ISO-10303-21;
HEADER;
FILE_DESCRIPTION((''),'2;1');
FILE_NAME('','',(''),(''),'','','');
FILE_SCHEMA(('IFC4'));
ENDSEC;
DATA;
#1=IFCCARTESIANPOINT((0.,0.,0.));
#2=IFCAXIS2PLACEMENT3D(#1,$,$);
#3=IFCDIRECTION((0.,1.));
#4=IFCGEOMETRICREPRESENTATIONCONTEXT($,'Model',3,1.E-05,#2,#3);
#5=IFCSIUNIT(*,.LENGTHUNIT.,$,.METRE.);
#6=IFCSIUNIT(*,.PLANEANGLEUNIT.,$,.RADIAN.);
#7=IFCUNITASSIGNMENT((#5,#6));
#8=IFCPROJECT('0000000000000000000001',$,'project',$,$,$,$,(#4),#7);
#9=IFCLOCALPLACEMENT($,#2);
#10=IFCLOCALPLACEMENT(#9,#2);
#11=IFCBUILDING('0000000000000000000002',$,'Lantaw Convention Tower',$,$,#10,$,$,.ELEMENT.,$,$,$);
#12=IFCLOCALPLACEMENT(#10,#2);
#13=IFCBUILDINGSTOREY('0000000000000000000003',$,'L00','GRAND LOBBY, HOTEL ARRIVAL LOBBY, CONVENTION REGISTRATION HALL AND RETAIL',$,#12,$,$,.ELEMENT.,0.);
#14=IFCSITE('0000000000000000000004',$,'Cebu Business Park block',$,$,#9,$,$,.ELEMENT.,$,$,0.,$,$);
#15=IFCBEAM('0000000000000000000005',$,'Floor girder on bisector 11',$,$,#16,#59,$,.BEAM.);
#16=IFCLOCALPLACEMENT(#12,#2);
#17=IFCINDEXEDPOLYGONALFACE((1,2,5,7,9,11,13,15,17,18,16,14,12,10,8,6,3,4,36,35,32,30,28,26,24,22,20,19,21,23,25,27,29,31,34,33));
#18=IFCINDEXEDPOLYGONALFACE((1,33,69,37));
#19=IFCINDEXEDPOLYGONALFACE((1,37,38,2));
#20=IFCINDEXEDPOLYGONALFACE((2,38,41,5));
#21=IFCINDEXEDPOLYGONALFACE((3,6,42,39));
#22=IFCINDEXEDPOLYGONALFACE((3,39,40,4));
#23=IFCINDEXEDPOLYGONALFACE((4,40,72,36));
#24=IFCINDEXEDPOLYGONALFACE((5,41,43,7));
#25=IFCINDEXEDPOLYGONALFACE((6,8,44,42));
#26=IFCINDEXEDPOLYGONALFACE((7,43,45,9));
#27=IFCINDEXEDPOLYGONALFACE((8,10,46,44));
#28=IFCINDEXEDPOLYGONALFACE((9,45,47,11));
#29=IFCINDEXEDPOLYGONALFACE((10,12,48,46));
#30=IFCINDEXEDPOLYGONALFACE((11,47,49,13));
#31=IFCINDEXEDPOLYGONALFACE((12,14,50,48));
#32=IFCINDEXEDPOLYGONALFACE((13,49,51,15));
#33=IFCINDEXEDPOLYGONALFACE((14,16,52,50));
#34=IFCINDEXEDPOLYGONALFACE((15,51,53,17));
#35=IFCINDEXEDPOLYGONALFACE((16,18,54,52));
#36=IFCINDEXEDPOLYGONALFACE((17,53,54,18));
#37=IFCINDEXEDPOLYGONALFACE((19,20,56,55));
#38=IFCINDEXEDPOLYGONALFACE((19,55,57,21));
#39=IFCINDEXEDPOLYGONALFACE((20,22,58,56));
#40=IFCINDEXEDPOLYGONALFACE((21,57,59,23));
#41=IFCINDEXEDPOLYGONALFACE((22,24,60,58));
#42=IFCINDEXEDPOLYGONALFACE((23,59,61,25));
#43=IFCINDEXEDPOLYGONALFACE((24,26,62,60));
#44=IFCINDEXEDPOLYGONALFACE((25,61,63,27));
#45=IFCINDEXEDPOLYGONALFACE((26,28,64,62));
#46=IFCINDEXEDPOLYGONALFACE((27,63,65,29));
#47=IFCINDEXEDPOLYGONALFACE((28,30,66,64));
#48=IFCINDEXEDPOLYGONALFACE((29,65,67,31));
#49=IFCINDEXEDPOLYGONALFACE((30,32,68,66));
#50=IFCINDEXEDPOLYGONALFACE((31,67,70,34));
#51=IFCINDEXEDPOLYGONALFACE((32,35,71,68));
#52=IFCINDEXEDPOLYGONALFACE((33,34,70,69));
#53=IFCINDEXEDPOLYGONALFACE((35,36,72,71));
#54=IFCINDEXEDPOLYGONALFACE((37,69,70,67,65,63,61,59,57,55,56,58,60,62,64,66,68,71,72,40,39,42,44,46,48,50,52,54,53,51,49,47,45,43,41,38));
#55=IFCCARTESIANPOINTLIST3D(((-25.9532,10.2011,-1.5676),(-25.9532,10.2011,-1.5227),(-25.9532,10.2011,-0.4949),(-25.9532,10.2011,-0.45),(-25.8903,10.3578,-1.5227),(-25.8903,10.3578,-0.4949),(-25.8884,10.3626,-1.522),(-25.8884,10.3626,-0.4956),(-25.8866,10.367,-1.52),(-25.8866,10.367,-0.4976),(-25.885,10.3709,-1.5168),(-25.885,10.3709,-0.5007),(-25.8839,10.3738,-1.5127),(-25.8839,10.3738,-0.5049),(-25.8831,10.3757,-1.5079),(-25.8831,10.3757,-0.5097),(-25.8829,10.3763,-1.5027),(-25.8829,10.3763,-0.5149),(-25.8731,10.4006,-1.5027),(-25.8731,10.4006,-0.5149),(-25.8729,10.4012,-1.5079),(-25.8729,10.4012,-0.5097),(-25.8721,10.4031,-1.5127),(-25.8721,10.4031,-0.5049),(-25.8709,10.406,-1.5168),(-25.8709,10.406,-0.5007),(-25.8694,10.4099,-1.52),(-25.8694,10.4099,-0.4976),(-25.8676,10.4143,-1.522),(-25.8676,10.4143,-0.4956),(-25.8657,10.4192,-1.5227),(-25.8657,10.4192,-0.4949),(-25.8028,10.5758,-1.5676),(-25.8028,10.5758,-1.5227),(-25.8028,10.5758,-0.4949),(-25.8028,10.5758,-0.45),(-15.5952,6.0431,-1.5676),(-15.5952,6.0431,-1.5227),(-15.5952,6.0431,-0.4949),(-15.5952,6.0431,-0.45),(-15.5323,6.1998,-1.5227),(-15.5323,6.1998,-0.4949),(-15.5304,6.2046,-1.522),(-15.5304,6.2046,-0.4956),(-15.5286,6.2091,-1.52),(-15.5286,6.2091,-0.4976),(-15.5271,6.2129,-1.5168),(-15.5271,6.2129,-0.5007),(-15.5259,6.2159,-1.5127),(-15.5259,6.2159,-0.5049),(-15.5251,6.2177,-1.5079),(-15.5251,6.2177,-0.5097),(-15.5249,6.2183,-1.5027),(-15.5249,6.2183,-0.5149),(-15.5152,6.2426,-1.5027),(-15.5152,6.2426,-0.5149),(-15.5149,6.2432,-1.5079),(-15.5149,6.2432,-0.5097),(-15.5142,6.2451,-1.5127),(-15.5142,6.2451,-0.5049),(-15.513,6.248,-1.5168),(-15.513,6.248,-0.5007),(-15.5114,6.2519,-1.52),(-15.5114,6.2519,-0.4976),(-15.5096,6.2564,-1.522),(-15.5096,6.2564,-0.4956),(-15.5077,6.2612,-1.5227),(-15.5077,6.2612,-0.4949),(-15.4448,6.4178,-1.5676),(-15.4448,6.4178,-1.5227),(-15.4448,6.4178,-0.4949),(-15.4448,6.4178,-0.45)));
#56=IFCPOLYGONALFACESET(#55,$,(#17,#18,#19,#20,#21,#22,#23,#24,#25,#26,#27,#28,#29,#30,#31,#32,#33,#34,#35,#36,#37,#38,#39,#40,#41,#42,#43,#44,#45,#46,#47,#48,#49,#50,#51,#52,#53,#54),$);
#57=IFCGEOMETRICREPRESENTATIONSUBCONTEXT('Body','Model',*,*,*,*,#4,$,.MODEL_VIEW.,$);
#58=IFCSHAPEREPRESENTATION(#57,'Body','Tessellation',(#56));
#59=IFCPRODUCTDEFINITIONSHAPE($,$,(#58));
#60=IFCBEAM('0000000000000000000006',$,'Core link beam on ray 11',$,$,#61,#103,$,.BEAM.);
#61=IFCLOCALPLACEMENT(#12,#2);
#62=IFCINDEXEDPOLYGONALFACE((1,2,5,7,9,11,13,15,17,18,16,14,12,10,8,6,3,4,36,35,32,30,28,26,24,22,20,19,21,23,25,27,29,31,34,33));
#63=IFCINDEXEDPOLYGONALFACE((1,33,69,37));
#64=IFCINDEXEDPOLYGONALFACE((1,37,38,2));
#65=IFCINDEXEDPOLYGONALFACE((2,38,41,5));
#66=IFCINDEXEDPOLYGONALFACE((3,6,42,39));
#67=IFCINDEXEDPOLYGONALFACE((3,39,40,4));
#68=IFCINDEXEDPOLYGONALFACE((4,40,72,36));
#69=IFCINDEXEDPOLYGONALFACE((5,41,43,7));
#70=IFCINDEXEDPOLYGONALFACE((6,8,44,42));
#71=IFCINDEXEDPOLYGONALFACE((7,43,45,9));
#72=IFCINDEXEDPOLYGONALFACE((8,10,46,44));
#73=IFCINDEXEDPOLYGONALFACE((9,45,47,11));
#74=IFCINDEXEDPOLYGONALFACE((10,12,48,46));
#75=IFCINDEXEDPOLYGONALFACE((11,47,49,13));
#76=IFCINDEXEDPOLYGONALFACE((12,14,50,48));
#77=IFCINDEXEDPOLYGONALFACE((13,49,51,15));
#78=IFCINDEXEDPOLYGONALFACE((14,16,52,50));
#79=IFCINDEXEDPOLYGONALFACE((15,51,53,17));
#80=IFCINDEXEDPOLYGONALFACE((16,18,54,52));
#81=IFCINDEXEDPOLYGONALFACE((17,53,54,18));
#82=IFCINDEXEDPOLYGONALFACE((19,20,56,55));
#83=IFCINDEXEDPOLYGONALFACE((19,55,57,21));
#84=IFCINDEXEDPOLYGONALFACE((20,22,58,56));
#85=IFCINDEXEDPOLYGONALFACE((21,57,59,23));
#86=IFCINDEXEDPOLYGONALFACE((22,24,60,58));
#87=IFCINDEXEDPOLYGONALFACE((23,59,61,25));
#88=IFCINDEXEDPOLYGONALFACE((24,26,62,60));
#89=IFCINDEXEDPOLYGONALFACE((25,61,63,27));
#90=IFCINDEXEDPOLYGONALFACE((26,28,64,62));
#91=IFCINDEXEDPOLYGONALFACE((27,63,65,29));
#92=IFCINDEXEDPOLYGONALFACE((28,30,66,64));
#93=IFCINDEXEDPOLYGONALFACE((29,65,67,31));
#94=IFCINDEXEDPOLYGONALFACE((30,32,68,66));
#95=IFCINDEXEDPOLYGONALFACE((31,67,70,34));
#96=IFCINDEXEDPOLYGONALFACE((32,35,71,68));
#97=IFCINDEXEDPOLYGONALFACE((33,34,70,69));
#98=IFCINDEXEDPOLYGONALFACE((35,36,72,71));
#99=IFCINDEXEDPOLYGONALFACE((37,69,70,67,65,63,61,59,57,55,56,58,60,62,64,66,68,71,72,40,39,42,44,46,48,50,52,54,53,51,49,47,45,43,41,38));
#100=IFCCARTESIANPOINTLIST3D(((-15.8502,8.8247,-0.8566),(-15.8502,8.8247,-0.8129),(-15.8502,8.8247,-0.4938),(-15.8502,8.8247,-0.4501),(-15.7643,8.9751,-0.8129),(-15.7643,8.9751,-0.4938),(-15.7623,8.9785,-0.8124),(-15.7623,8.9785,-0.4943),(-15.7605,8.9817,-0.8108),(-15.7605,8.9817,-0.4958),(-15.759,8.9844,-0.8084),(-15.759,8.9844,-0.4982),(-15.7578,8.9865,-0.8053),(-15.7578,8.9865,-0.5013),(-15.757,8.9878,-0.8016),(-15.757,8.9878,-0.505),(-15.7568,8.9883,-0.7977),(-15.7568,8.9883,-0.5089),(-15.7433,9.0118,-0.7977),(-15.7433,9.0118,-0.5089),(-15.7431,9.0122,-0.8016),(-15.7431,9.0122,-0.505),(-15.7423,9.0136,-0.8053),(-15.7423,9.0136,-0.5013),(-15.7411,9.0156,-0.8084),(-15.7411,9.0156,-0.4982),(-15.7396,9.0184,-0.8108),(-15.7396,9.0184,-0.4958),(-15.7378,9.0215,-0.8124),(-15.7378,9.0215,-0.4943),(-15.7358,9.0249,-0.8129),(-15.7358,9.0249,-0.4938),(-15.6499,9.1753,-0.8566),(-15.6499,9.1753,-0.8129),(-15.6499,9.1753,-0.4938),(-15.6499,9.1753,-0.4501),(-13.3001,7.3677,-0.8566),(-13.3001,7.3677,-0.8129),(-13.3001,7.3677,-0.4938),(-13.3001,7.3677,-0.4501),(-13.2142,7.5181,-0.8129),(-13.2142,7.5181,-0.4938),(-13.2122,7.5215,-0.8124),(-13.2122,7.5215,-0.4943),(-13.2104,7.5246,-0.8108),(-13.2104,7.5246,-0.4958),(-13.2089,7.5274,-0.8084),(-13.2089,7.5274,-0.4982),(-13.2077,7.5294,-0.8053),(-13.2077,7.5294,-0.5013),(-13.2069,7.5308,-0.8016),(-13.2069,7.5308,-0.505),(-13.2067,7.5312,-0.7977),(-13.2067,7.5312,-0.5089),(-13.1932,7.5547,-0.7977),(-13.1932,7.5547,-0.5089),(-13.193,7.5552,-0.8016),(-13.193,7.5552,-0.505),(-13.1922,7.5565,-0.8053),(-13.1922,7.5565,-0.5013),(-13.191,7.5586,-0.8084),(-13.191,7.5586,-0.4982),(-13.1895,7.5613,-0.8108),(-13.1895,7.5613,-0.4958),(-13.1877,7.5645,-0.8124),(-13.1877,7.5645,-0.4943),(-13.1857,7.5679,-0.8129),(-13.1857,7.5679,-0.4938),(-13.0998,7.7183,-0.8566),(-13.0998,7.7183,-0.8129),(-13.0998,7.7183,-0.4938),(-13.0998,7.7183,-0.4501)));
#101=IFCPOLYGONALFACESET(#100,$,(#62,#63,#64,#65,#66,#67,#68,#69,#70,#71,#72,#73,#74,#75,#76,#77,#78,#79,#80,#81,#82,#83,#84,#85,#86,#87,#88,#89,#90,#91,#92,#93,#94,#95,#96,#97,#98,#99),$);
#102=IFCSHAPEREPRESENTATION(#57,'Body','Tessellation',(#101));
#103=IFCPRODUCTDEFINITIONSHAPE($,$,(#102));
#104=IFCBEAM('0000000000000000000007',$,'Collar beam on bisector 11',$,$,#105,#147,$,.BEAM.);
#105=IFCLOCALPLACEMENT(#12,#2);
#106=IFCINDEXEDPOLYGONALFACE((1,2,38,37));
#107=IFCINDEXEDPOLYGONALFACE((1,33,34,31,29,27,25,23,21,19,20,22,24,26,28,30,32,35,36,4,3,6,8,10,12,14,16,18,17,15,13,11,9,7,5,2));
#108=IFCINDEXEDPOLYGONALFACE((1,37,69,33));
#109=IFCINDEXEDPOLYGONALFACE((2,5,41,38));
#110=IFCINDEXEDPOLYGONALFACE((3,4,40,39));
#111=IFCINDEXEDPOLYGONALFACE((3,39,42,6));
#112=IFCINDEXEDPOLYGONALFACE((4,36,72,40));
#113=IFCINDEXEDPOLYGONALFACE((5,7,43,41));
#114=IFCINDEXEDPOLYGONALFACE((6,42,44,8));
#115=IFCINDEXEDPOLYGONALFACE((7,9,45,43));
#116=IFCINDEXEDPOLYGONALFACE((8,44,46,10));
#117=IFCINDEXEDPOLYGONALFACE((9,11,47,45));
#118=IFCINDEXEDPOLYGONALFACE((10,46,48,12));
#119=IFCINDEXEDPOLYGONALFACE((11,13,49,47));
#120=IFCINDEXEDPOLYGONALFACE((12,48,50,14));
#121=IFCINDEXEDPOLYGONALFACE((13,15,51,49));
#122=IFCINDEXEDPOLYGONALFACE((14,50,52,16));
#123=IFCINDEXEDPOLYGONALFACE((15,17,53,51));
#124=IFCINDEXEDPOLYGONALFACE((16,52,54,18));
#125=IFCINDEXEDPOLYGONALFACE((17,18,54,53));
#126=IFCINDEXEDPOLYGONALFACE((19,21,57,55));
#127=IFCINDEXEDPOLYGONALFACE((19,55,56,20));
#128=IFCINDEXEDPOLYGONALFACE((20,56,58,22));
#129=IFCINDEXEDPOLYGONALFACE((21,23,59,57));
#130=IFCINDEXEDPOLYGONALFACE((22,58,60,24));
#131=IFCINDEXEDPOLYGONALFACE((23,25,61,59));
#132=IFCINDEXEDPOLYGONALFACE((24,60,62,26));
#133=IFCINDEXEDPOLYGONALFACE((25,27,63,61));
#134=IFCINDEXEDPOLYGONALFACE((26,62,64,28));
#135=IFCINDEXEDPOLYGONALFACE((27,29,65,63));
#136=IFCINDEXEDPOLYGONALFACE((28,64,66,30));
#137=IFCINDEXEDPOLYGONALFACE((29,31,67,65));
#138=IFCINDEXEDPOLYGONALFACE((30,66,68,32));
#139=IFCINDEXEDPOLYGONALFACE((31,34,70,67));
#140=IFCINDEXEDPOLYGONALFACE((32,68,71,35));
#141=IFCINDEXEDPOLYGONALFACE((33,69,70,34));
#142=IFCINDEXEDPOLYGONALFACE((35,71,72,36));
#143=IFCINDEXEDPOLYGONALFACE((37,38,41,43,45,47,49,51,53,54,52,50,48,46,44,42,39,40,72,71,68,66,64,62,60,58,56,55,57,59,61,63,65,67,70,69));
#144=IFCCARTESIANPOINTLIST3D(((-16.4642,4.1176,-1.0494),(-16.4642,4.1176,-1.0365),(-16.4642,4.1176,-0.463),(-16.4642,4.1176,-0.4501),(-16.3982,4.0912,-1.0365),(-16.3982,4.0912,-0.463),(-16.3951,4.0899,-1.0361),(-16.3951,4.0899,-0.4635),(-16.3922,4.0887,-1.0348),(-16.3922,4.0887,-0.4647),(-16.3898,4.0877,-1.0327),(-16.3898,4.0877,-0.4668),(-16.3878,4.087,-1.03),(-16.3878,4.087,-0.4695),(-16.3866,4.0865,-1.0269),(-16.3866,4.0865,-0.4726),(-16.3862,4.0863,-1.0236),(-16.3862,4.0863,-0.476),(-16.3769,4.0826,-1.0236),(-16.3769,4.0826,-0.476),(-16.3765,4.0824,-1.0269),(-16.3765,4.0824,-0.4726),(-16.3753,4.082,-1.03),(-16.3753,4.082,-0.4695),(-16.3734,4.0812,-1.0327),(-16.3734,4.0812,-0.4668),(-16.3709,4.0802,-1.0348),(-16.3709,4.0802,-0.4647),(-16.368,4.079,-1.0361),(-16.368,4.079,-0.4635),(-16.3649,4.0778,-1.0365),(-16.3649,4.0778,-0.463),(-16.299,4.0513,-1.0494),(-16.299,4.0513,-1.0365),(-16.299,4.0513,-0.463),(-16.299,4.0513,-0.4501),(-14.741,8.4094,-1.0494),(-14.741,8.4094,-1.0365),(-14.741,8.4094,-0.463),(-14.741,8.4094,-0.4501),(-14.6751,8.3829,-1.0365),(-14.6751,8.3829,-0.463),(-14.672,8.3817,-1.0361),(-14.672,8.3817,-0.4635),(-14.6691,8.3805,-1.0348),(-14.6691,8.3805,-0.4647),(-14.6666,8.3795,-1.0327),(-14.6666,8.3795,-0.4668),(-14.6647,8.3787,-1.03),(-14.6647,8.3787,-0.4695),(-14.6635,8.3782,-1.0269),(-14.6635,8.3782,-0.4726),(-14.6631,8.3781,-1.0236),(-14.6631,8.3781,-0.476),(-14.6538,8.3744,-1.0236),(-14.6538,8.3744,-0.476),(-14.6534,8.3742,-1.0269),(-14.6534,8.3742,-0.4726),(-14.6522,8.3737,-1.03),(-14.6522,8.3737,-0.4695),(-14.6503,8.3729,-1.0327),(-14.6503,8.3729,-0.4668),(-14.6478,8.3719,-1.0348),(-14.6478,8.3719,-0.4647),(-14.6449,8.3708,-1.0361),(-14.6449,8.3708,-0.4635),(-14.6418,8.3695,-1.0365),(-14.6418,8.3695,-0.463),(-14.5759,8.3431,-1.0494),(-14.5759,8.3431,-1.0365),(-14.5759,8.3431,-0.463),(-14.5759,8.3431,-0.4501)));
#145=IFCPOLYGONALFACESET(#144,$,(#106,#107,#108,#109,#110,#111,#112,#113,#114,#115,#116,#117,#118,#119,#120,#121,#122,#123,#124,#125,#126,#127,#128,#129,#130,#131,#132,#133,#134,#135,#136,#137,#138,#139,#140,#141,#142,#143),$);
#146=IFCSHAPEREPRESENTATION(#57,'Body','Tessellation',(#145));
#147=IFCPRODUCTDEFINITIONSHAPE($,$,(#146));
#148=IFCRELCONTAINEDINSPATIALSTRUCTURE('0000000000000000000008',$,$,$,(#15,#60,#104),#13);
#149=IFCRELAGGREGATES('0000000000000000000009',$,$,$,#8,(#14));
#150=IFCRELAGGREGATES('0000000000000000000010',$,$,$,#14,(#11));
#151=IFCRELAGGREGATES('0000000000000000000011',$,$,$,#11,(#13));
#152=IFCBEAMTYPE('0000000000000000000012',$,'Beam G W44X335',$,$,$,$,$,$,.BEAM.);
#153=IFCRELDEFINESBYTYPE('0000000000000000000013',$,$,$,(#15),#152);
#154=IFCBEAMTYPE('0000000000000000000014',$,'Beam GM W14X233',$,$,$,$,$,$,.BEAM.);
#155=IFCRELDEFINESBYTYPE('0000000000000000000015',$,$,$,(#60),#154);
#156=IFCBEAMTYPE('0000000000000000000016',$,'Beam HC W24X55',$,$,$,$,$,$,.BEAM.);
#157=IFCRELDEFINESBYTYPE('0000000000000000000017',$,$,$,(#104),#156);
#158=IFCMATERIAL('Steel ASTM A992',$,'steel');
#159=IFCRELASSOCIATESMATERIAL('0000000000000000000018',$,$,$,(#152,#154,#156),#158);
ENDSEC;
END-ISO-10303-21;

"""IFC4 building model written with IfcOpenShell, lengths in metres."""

from ifc_helpers import new_model, si_unit, direction, frame, origin, origin_2d, place, context, subcontext, project, spatial, i_section, extrude, material, material_profile, profile_set, type_object, element, save


model = new_model("IFC4")

# Units and contexts
model_context = context("Model", 3, precision=1e-05, world=origin(), true_north=direction((0.0, 1.0)))
body_context = subcontext(model_context, "Body", "Model", "MODEL_VIEW")
ifc_project = project(units=[si_unit("LENGTHUNIT", "METRE"), si_unit("PLANEANGLEUNIT", "RADIAN")], contexts=[model_context])

# Site, building, storey
site_placement = place(None, origin())
site = spatial("IfcSite", under=ifc_project, at=site_placement, Name="Cebu Business Park block", CompositionType="ELEMENT", RefElevation=0.0)
building_placement = place(site_placement, origin())
building = spatial("IfcBuilding", under=site, at=building_placement, Name="Lantaw Convention Tower", CompositionType="ELEMENT")
storey_placement = place(building_placement, origin())
storey = spatial("IfcBuildingStorey", under=building, at=storey_placement, Name="L00", Description="GRAND LOBBY, HOTEL ARRIVAL LOBBY, CONVENTION REGISTRATION HALL AND RETAIL", CompositionType="ELEMENT", Elevation=0.0)

# Beams
ifc_material_1 = material(Name="Steel ASTM A992", Category="steel")
ifc_material_profile_1 = material_profile(ifc_material_1, i_section(OverallWidth=0.4038, OverallDepth=1.1177, WebThickness=0.0261, FlangeThickness=0.0449, FilletRadius=0.02, at=origin_2d()), Name="W44X335")
ifc_profile_set_1 = profile_set([ifc_material_profile_1], Name="Steel ASTM A992")
beam_type_1 = type_object("IfcBeamType", Name="Beam G W44X335", PredefinedType="BEAM", material=ifc_profile_set_1)
beam_1_placement = place(storey_placement, frame((-15.52, 6.2305, -1.0088), z_axis=(-0.928019, 0.372533, 0.0), x_axis=(-0.372533, -0.928019, 0.0)))
element("IfcBeam", 1, at=beam_1_placement, inside=storey, type_object=beam_type_1, Name="Floor girder on bisector 11", PredefinedType="BEAM", context=body_context, shape_type="SweptSolid", body=[
    extrude(i_section(OverallWidth=0.4038, OverallDepth=1.1177, WebThickness=0.0261, FlangeThickness=0.0449, FilletRadius=0.02, at=origin_2d()), origin(), (0.0, 0.0, 1.0), 11.1614),
])
ifc_material_profile_2 = material_profile(ifc_material_1, i_section(OverallWidth=0.4038, OverallDepth=0.4065, WebThickness=0.0271, FlangeThickness=0.0437, FilletRadius=0.0151, at=origin_2d()), Name="W14X233")
ifc_profile_set_2 = profile_set([ifc_material_profile_2], Name="Steel ASTM A992")
beam_type_2 = type_object("IfcBeamType", Name="Beam GM W14X233", PredefinedType="BEAM", material=ifc_profile_set_2)
beam_2_placement = place(storey_placement, frame((-13.2, 7.543, -0.6533), z_axis=(-0.868264, 0.496103, 0.0), x_axis=(-0.496103, -0.868264, 0.0)))
element("IfcBeam", 2, at=beam_2_placement, inside=storey, type_object=beam_type_2, Name="Core link beam on ray 11", PredefinedType="BEAM", context=body_context, shape_type="SweptSolid", body=[
    extrude(i_section(OverallWidth=0.4038, OverallDepth=0.4065, WebThickness=0.0271, FlangeThickness=0.0437, FilletRadius=0.0151, at=origin_2d()), origin(), (0.0, 0.0, 1.0), 2.937),
])
ifc_material_profile_3 = material_profile(ifc_material_1, i_section(OverallWidth=0.178, OverallDepth=0.5994, WebThickness=0.01, FlangeThickness=0.0129, FilletRadius=0.0129, at=origin_2d()), Name="W24X55")
ifc_profile_set_3 = profile_set([ifc_material_profile_3], Name="Steel ASTM A992")
beam_type_3 = type_object("IfcBeamType", Name="Beam HC W24X55", PredefinedType="BEAM", material=ifc_profile_set_3)
beam_3_placement = place(storey_placement, frame((-14.6584, 8.3762, -0.7498), z_axis=(-0.372592, -0.927995, 0.0), x_axis=(0.927995, -0.372592, 0.0)))
element("IfcBeam", 3, at=beam_3_placement, inside=storey, type_object=beam_type_3, Name="Collar beam on bisector 11", PredefinedType="BEAM", context=body_context, shape_type="SweptSolid", body=[
    extrude(i_section(OverallWidth=0.178, OverallDepth=0.5994, WebThickness=0.01, FlangeThickness=0.0129, FilletRadius=0.0129, at=origin_2d()), origin(), (0.0, 0.0, 1.0), 4.6248),
])

save(model, "model.ifc")
